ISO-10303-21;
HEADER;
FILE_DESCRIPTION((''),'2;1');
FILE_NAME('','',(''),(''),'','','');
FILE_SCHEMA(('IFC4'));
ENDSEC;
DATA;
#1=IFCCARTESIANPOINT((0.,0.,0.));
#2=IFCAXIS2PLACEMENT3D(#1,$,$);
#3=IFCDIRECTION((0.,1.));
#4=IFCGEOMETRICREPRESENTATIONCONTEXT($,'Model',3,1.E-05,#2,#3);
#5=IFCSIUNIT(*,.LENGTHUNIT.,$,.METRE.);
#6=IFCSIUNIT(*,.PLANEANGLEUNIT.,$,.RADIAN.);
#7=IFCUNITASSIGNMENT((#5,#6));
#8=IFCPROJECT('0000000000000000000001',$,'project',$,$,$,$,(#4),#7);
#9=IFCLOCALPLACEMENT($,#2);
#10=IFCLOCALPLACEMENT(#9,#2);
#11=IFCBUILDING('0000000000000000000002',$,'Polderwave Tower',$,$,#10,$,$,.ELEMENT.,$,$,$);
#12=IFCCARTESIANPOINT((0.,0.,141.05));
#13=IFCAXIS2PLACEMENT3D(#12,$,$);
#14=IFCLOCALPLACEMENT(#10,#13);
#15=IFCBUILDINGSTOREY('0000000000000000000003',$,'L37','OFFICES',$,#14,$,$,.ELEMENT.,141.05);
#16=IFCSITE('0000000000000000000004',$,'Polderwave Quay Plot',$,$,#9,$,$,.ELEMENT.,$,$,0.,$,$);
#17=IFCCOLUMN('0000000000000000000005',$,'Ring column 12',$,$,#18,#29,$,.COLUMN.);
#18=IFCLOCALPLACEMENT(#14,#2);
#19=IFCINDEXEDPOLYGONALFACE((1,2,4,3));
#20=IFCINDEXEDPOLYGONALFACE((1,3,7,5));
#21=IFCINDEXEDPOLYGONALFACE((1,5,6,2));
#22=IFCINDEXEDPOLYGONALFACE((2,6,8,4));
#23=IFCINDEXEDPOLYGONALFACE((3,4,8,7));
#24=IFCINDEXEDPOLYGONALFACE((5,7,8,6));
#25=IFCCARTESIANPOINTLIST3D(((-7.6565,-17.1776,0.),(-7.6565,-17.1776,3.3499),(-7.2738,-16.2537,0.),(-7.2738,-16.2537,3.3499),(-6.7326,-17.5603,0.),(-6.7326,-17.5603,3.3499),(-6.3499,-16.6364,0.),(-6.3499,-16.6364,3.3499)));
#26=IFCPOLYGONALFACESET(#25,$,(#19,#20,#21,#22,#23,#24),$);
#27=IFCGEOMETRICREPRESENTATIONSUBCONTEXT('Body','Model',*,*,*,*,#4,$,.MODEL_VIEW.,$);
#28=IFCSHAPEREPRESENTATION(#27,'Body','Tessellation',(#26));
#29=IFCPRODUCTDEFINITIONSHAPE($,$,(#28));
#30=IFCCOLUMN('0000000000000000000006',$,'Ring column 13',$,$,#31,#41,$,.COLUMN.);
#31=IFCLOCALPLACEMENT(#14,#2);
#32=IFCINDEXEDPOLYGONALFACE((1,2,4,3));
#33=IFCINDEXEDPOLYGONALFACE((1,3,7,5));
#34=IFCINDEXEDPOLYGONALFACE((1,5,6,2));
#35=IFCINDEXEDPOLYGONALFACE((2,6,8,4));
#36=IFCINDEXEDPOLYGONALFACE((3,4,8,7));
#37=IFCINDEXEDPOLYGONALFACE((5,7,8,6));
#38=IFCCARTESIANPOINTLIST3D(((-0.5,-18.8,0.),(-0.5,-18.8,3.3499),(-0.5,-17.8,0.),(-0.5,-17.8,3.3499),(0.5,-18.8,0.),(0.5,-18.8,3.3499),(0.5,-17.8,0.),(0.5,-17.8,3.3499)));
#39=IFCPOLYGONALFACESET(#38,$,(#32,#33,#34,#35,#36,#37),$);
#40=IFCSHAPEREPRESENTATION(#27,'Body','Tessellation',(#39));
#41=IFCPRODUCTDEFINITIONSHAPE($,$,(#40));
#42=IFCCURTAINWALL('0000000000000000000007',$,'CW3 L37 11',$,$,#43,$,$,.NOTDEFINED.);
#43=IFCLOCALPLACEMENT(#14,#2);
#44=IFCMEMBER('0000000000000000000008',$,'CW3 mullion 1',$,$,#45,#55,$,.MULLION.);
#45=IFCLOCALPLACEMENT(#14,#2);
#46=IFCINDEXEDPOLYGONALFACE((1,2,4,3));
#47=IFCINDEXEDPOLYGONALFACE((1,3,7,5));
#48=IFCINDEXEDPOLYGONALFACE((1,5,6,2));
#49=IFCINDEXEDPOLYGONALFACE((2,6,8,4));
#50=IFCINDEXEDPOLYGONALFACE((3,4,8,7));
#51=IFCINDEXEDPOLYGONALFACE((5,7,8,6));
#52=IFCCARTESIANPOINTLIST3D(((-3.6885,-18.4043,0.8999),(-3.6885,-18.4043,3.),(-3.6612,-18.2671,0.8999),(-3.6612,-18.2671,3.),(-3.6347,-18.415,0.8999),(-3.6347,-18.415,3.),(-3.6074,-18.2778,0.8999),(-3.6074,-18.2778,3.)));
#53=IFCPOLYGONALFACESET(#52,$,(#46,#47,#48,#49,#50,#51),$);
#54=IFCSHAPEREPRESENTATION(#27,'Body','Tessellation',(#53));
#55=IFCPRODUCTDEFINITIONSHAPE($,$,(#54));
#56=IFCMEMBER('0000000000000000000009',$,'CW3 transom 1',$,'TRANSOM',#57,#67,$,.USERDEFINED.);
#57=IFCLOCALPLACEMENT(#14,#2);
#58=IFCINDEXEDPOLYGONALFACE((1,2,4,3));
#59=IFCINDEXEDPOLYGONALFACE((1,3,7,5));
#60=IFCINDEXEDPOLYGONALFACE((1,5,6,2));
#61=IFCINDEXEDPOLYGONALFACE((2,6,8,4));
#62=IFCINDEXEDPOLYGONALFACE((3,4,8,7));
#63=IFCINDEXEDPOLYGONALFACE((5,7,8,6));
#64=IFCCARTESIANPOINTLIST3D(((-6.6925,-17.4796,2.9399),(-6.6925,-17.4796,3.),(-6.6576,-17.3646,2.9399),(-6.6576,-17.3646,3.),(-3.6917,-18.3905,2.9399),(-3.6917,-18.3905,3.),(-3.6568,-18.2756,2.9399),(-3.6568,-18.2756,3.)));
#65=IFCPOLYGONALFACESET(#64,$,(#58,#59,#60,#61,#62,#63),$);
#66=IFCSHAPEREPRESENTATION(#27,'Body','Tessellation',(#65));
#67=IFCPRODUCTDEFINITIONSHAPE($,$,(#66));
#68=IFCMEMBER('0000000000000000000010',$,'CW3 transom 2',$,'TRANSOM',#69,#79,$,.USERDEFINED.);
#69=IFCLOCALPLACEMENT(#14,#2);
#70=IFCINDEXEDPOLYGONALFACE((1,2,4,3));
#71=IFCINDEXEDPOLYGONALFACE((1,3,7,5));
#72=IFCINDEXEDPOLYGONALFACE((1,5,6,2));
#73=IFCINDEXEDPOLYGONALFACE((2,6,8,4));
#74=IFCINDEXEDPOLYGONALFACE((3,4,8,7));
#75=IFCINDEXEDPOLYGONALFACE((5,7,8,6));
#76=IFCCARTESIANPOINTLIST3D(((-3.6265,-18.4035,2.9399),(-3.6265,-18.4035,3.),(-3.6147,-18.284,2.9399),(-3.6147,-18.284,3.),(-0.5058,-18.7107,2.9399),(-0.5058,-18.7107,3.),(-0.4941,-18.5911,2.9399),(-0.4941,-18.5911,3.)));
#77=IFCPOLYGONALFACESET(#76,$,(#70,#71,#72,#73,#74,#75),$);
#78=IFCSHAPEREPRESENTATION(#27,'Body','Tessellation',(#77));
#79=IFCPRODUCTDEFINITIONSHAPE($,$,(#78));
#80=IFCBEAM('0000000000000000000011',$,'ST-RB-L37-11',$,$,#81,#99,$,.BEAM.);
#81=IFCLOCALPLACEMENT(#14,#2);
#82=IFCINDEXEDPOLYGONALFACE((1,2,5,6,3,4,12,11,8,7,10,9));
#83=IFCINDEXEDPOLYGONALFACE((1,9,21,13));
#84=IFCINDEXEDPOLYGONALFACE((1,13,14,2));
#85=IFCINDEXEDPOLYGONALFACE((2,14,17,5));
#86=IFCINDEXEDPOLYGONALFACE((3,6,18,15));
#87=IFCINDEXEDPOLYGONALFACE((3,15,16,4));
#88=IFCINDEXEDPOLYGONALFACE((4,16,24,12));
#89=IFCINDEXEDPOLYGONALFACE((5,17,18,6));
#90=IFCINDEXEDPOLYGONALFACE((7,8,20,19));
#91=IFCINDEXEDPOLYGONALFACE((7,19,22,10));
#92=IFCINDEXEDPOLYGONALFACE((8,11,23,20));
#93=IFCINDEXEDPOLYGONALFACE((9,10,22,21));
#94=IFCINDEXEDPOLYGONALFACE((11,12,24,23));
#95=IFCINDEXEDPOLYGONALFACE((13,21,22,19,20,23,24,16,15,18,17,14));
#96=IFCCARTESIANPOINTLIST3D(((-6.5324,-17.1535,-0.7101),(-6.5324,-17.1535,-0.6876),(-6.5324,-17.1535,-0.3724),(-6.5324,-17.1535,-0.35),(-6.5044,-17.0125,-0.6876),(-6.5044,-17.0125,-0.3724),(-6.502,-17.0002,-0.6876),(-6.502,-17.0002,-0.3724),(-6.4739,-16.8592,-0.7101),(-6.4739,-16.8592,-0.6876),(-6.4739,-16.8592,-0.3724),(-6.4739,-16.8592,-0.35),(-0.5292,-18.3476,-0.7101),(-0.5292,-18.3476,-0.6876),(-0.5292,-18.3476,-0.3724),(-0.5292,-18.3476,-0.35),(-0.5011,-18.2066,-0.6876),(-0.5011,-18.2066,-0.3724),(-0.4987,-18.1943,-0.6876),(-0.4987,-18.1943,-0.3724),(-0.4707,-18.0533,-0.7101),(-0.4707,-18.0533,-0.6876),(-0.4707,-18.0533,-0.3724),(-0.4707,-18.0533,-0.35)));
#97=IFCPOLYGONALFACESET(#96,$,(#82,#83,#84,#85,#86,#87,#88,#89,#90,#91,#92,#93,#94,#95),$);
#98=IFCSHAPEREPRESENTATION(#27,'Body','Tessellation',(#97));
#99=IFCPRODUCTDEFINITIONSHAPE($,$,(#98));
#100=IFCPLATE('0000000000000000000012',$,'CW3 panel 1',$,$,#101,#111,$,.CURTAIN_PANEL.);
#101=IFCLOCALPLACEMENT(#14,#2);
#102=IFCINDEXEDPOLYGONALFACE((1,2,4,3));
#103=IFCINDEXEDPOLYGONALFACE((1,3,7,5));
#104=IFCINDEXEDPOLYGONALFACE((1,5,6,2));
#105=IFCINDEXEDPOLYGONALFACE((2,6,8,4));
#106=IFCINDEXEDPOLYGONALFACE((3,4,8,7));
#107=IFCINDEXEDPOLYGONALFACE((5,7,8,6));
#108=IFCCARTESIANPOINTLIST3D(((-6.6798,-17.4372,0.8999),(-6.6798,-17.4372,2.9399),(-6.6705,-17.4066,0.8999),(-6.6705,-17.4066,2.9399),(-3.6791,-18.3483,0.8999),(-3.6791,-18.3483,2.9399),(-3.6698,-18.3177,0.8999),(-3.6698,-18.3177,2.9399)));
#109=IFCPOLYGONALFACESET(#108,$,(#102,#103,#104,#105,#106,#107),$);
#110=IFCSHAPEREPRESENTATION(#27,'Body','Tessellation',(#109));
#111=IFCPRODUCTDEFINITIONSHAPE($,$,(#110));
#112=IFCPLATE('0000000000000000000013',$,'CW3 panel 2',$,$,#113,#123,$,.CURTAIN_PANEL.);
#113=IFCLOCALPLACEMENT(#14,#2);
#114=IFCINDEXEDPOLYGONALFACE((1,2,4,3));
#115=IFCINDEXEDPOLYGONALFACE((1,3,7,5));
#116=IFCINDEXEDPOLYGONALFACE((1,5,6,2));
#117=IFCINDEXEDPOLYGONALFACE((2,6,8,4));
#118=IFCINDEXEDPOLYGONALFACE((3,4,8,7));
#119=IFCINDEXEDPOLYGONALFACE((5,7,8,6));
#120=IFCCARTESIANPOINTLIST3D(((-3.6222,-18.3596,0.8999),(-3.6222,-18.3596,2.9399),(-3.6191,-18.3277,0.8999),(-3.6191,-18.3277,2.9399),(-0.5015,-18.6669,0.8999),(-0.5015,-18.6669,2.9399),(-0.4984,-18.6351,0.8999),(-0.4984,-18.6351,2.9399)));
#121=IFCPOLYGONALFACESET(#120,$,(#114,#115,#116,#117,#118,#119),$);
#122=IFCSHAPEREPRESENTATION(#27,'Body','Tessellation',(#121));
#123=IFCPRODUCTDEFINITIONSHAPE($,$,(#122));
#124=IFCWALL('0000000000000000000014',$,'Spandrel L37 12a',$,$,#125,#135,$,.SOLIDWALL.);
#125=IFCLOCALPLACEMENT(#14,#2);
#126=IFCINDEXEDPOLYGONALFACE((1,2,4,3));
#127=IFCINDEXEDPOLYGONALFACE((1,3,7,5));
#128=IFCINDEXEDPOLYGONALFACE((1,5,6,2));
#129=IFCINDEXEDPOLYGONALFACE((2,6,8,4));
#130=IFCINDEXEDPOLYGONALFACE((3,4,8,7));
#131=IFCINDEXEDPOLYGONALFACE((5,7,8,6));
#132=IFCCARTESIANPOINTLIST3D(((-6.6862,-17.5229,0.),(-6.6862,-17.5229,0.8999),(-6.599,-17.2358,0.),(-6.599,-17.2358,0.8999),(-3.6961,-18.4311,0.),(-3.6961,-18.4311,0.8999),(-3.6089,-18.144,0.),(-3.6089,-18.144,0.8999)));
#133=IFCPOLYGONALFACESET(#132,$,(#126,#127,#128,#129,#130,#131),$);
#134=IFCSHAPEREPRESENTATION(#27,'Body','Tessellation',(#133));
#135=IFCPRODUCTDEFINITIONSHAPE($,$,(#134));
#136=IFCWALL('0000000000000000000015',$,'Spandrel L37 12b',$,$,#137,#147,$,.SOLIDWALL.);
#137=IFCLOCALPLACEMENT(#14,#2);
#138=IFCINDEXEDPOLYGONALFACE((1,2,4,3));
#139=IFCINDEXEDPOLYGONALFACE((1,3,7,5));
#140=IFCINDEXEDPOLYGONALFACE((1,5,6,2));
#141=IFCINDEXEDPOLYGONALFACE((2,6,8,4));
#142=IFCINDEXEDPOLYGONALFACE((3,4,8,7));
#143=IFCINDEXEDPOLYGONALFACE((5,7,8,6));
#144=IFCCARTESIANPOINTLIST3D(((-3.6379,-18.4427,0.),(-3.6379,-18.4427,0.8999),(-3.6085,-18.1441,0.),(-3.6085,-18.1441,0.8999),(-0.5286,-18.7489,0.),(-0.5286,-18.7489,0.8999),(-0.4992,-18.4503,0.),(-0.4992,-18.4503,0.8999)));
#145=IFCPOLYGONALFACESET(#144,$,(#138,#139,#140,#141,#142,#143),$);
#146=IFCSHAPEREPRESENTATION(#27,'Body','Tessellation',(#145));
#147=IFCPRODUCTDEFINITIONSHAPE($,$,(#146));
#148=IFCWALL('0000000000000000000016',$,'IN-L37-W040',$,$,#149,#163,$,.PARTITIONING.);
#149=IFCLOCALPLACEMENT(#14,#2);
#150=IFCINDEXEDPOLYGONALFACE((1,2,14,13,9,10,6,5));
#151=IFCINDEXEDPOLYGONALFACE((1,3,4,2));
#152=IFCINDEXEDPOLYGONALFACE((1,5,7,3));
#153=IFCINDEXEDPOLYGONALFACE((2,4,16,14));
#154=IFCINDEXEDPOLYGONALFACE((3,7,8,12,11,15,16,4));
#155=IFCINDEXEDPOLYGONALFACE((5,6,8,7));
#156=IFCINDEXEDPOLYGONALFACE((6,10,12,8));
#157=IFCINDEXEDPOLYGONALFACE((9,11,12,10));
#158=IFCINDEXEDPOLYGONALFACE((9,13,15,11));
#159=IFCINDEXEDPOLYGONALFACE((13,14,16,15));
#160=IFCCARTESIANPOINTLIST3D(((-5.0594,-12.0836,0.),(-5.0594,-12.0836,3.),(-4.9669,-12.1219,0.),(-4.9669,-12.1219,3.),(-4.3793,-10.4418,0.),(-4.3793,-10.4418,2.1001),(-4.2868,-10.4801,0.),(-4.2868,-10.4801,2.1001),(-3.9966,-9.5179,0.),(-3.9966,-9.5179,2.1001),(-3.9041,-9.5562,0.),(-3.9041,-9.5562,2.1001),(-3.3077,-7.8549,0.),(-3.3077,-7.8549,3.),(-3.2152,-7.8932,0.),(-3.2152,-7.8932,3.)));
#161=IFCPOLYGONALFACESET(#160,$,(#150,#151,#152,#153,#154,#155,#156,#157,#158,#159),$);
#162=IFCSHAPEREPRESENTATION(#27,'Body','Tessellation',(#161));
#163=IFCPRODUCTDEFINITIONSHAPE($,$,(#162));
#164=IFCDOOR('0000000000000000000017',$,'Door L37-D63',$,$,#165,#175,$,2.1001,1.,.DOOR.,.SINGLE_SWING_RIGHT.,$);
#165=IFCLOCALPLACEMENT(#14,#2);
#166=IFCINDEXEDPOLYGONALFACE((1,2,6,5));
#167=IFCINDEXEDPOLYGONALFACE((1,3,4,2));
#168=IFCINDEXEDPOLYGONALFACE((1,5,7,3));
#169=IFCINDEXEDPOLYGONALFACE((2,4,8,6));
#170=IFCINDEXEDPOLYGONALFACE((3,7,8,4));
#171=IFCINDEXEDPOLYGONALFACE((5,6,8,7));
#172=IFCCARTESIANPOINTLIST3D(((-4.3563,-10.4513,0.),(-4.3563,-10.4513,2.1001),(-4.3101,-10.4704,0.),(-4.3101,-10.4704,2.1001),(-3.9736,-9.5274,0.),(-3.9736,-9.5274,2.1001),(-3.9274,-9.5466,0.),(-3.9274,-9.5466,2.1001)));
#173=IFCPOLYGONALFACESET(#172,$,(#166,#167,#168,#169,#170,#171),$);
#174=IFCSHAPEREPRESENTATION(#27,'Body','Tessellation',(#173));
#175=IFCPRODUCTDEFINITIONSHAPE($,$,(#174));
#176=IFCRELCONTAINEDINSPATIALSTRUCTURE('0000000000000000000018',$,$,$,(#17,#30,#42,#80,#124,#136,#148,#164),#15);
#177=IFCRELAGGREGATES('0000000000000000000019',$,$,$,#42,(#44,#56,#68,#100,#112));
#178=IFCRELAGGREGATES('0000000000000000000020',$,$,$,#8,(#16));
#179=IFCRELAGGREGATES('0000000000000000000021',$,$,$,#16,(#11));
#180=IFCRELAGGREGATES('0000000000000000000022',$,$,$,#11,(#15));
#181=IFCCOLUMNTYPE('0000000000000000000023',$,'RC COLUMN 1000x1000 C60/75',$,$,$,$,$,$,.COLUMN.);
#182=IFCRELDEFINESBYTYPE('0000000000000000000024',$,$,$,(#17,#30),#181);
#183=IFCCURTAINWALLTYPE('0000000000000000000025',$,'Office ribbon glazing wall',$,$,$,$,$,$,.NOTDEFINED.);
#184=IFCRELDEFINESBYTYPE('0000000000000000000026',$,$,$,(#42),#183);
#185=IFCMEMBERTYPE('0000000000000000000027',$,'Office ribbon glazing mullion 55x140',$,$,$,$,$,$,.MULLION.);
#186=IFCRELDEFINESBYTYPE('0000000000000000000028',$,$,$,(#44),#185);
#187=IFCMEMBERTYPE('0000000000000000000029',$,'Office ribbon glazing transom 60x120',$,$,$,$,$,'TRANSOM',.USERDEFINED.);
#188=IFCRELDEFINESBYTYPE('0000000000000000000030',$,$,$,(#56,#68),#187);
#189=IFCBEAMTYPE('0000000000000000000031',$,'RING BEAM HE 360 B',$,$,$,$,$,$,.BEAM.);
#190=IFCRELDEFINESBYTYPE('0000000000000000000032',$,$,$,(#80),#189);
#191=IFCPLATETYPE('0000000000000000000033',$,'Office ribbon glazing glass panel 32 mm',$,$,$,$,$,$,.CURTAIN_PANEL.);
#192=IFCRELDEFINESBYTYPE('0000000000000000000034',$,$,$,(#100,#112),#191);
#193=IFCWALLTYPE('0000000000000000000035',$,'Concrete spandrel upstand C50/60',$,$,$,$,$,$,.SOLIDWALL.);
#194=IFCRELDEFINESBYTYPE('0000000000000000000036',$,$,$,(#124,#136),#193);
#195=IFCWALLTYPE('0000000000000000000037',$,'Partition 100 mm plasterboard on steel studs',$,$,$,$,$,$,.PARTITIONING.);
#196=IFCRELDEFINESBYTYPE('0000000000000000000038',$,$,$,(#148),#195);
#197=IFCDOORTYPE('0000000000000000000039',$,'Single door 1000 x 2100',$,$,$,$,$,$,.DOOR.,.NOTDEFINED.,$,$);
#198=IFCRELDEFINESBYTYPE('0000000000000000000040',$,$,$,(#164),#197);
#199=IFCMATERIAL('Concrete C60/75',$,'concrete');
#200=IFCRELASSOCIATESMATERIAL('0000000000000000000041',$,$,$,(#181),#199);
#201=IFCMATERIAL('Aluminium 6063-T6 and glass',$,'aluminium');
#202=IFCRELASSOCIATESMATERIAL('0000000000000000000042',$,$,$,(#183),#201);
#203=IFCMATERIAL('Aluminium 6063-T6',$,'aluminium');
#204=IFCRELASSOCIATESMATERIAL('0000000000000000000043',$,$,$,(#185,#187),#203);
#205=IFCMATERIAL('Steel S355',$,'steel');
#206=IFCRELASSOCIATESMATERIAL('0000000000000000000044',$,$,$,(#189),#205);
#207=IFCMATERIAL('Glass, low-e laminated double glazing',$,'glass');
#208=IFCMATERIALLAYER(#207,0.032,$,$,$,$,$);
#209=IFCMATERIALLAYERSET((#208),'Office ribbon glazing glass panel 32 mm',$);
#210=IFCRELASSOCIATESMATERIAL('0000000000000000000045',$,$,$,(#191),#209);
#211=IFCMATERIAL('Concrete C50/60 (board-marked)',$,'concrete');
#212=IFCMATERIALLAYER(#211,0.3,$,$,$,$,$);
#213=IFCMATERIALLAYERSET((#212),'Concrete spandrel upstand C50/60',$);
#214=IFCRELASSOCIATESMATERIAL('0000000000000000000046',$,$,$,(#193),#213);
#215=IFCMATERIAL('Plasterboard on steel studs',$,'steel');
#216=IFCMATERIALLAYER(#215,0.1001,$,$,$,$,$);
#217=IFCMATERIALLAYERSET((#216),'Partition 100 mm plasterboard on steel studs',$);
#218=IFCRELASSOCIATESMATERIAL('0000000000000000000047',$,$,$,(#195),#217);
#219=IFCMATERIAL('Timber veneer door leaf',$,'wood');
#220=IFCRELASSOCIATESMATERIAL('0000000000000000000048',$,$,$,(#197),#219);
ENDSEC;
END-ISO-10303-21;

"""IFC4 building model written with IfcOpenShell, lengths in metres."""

from ifc_helpers import new_model, si_unit, direction, frame, frame_2d, origin, origin_2d, place, context, subcontext, project, spatial, rectangle, i_section, extrude, material, layer, layer_set, material_profile, profile_set, type_object, element, fill, aggregate, save


model = new_model("IFC4")

# Units and contexts
model_context = context("Model", 3, precision=1e-05, world=origin(), true_north=direction((0.0, 1.0)))
body_context = subcontext(model_context, "Body", "Model", "MODEL_VIEW")
ifc_project = project(units=[si_unit("LENGTHUNIT", "METRE"), si_unit("PLANEANGLEUNIT", "RADIAN")], contexts=[model_context])

# Site, building, storey
site_placement = place(None, origin())
site = spatial("IfcSite", under=ifc_project, at=site_placement, Name="Polderwave Quay Plot", CompositionType="ELEMENT", RefElevation=0.0)
building_placement = place(site_placement, origin())
building = spatial("IfcBuilding", under=site, at=building_placement, Name="Polderwave Tower", CompositionType="ELEMENT")
storey_placement = place(building_placement, frame((0.0, 0.0, 141.05)))
storey = spatial("IfcBuildingStorey", under=building, at=storey_placement, Name="L37", Description="OFFICES", CompositionType="ELEMENT", Elevation=141.05)

# Columns
ifc_material_1 = material(Name="Concrete C60/75", Category="concrete")
ifc_material_profile_1 = material_profile(ifc_material_1, rectangle(XDim=1.0, YDim=1.0, at=origin_2d()), Name="RC 1000x1000")
ifc_profile_set_1 = profile_set([ifc_material_profile_1], Name="Concrete C60/75")
column_type = type_object("IfcColumnType", Name="RC COLUMN 1000x1000 C60/75", PredefinedType="COLUMN", material=ifc_profile_set_1)
for number, where, z_axis, x_axis, name in (
    (1, (-7.0032, -16.907, 0.0), (0.0, 0.0, 1.0), (-0.382683, -0.92388, 0.0), "Ring column 12"),
    (2, (0.0, -18.3, 0.0), (0.0, 0.0, 1.0), (0.0, -1.0, 0.0), "Ring column 13"),
):
    element("IfcColumn", number, at=place(storey_placement, frame(where, z_axis=z_axis, x_axis=x_axis)), inside=storey, type_object=column_type, Name=name, PredefinedType="COLUMN", context=body_context, shape_type="SweptSolid", body=[
        extrude(rectangle(XDim=1.0, YDim=1.0, at=origin_2d()), origin(), (0.0, 0.0, 1.0), 3.3499),
    ])

# Curtain wall, members
ifc_material_2 = material(Name="Aluminium 6063-T6 and glass", Category="aluminium")
curtain_wall_type = type_object("IfcCurtainWallType", Name="Office ribbon glazing wall", PredefinedType="NOTDEFINED", material=ifc_material_2)
curtain_wall_placement = place(storey_placement, origin())
curtain_wall = element("IfcCurtainWall", 3, at=curtain_wall_placement, inside=storey, type_object=curtain_wall_type, Name="CW3 L37 11", PredefinedType="NOTDEFINED")
ifc_material_3 = material(Name="Aluminium 6063-T6", Category="aluminium")
ifc_material_profile_2 = material_profile(ifc_material_3, rectangle(XDim=0.1399, YDim=0.0549, at=origin_2d()), Name="AL 55x140")
ifc_profile_set_2 = profile_set([ifc_material_profile_2], Name="Aluminium 6063-T6")
member_type_1 = type_object("IfcMemberType", Name="Office ribbon glazing mullion 55x140", PredefinedType="MULLION", material=ifc_profile_set_2)
member_1_placement = place(storey_placement, frame((-3.6479, -18.3411, 0.8999), z_axis=(0.0, 0.0, 1.0), x_axis=(0.195196, 0.980764, 0.0)))
member_1 = element("IfcMember", 4, at=member_1_placement, type_object=member_type_1, Name="CW3 mullion 1", PredefinedType="MULLION", context=body_context, shape_type="SweptSolid", body=[
    extrude(rectangle(XDim=0.1399, YDim=0.0549, at=origin_2d()), origin(), (0.0, 0.0, 1.0), 2.1001),
])
ifc_material_profile_3 = material_profile(ifc_material_3, rectangle(XDim=0.1201, YDim=0.0601, at=origin_2d()), Name="AL 60x120")
ifc_profile_set_3 = profile_set([ifc_material_profile_3], Name="Aluminium 6063-T6")
member_type_2 = type_object("IfcMemberType", Name="Office ribbon glazing transom 60x120", ElementType="TRANSOM", PredefinedType="USERDEFINED", material=ifc_profile_set_3)
member_2_placement = place(storey_placement, frame((-6.675, -17.4221, 2.97), z_axis=(0.956885, -0.290468, 0.0), x_axis=(0.290468, 0.956885, 0.0)))
member_2 = element("IfcMember", 5, at=member_2_placement, type_object=member_type_2, Name="CW3 transom 1", ObjectType="TRANSOM", PredefinedType="USERDEFINED", context=body_context, shape_type="SweptSolid", body=[
    extrude(rectangle(XDim=0.1201, YDim=0.0601, at=origin_2d()), origin(), (0.0, 0.0, 1.0), 3.136),
])
member_3_placement = place(storey_placement, frame((-3.6206, -18.3438, 2.97), z_axis=(0.995192, -0.097946, 0.0), x_axis=(0.097946, 0.995192, 0.0)))
member_3 = element("IfcMember", 6, at=member_3_placement, type_object=member_type_2, Name="CW3 transom 2", ObjectType="TRANSOM", PredefinedType="USERDEFINED", context=body_context, shape_type="SweptSolid", body=[
    extrude(rectangle(XDim=0.1201, YDim=0.0601, at=origin_2d()), origin(), (0.0, 0.0, 1.0), 3.1357),
])

# Beam
ifc_material_4 = material(Name="Steel S355", Category="steel")
ifc_material_profile_4 = material_profile(ifc_material_4, i_section(OverallWidth=0.3, OverallDepth=0.3601, WebThickness=0.0125, FlangeThickness=0.0225, at=origin_2d()), Name="HE 360 B")
ifc_profile_set_4 = profile_set([ifc_material_profile_4], Name="Steel S355")
beam_type = type_object("IfcBeamType", Name="RING BEAM HE 360 B", PredefinedType="BEAM", material=ifc_profile_set_4)
beam_placement = place(storey_placement, frame((-6.5032, -17.0063, -0.53), z_axis=(0.980786, -0.195088, 0.0), x_axis=(0.195088, 0.980786, 0.0)))
element("IfcBeam", 7, at=beam_placement, inside=storey, type_object=beam_type, Name="ST-RB-L37-11", PredefinedType="BEAM", context=body_context, shape_type="SweptSolid", body=[
    extrude(i_section(OverallWidth=0.3, OverallDepth=0.3601, WebThickness=0.0125, FlangeThickness=0.0225, at=origin_2d()), origin(), (0.0, 0.0, 1.0), 6.1208),
])

# Plates
ifc_material_5 = material(Name="Glass, low-e laminated double glazing", Category="glass")
ifc_layer_1 = layer(ifc_material_5, 0.032)
ifc_layer_set_1 = layer_set([ifc_layer_1], Name="Office ribbon glazing glass panel 32 mm")
plate_type = type_object("IfcPlateType", Name="Office ribbon glazing glass panel 32 mm", PredefinedType="CURTAIN_PANEL", material=ifc_layer_set_1)
plate_1_placement = place(storey_placement, frame((-5.1748, -17.8774, 0.8999), z_axis=(0.0, 0.0, 1.0), x_axis=(0.956873, -0.290507, 0.0)))
plate_1 = element("IfcPlate", 8, at=plate_1_placement, type_object=plate_type, Name="CW3 panel 1", PredefinedType="CURTAIN_PANEL", context=body_context, shape_type="SweptSolid", body=[
    extrude(rectangle(XDim=3.136, YDim=0.032, at=origin_2d()), origin(), (0.0, 0.0, 1.0), 2.04),
])
plate_2_placement = place(storey_placement, frame((-2.0603, -18.4973, 0.8999), z_axis=(0.0, 0.0, 1.0), x_axis=(0.995186, -0.098002, 0.0)))
plate_2 = element("IfcPlate", 9, at=plate_2_placement, type_object=plate_type, Name="CW3 panel 2", PredefinedType="CURTAIN_PANEL", context=body_context, shape_type="SweptSolid", body=[
    extrude(rectangle(XDim=3.1357, YDim=0.032, at=origin_2d()), origin(), (0.0, 0.0, 1.0), 2.04),
])
aggregate(curtain_wall, [member_1, member_2, member_3, plate_1, plate_2])

# Walls
ifc_material_6 = material(Name="Concrete C50/60 (board-marked)", Category="concrete")
ifc_layer_2 = layer(ifc_material_6, 0.3)
ifc_layer_set_2 = layer_set([ifc_layer_2], Name="Concrete spandrel upstand C50/60")
wall_type_1 = type_object("IfcWallType", Name="Concrete spandrel upstand C50/60", PredefinedType="SOLIDWALL", material=ifc_layer_set_2)
wall_1_placement = place(storey_placement, frame((-6.6426, -17.3794, 0.0), z_axis=(0.0, 0.0, 1.0), x_axis=(0.95684, -0.290614, 0.0)))
element("IfcWall", 10, at=wall_1_placement, inside=storey, type_object=wall_type_1, Name="Spandrel L37 12a", PredefinedType="SOLIDWALL", context=body_context, shape_type="SweptSolid", body=[
    extrude(rectangle(XDim=3.125, YDim=0.3, at=frame_2d((1.5625, 0.0))), origin(), (0.0, 0.0, 1.0), 0.8999),
])
wall_2_placement = place(storey_placement, frame((-3.623, -18.2935, 0.0), z_axis=(0.0, 0.0, 1.0), x_axis=(0.995187, -0.097995, 0.0)))
element("IfcWall", 11, at=wall_2_placement, inside=storey, type_object=wall_type_1, Name="Spandrel L37 12b", PredefinedType="SOLIDWALL", context=body_context, shape_type="SweptSolid", body=[
    extrude(rectangle(XDim=3.1243, YDim=0.3, at=frame_2d((1.562, 0.0))), origin(), (0.0, 0.0, 1.0), 0.8999),
])

# Wall, opening, door
ifc_material_7 = material(Name="Plasterboard on steel studs", Category="steel")
ifc_layer_3 = layer(ifc_material_7, 0.1001)
ifc_layer_set_3 = layer_set([ifc_layer_3], Name="Partition 100 mm plasterboard on steel studs")
wall_type_2 = type_object("IfcWallType", Name="Partition 100 mm plasterboard on steel studs", PredefinedType="PARTITIONING", material=ifc_layer_set_3)
wall_3_placement = place(storey_placement, frame((-3.2615, -7.874, 0.0), z_axis=(0.0, 0.0, 1.0), x_axis=(-0.382702, -0.923872, 0.0)))
wall_3 = element("IfcWall", 12, at=wall_3_placement, inside=storey, type_object=wall_type_2, Name="IN-L37-W040", PredefinedType="PARTITIONING", context=body_context, shape_type="SweptSolid", body=[
    extrude(rectangle(XDim=4.5771, YDim=0.1001, at=frame_2d((2.2886, 0.0))), origin(), (0.0, 0.0, 1.0), 3.0),
])
opening_1_placement = place(wall_3_placement, frame((1.8, 0.0, 0.0)))
opening_1 = element("IfcOpeningElement", 13, at=opening_1_placement, cuts=wall_3, PredefinedType="OPENING", context=body_context, shape_type="SweptSolid", body=[
    extrude(rectangle(XDim=1.0, YDim=2.1001, at=frame_2d((0.5, 1.05))), frame((0.0, 0.0601, 0.0), z_axis=(0.0, -1.0, 0.0), x_axis=(1.0, 0.0, 0.0)), (0.0, 0.0, 1.0), 0.1201),
])
ifc_material_8 = material(Name="Timber veneer door leaf", Category="wood")
door_type = type_object("IfcDoorType", Name="Single door 1000 x 2100", OperationType="NOTDEFINED", PredefinedType="DOOR", material=ifc_material_8)
door_1_placement = place(opening_1_placement, origin())
door_1 = element("IfcDoor", 14, at=door_1_placement, inside=storey, type_object=door_type, Name="Door L37-D63", OperationType="SINGLE_SWING_RIGHT", OverallHeight=2.1001, OverallWidth=1.0, PredefinedType="DOOR", context=body_context, shape_type="SweptSolid", body=[
    extrude(rectangle(XDim=1.0, YDim=2.1001, at=frame_2d((0.5, 1.05))), frame((0.0, 0.0249, 0.0), z_axis=(0.0, -1.0, 0.0), x_axis=(1.0, 0.0, 0.0)), (0.0, 0.0, 1.0), 0.05),
])
fill(opening_1, door_1)

save(model, "model.ifc")
